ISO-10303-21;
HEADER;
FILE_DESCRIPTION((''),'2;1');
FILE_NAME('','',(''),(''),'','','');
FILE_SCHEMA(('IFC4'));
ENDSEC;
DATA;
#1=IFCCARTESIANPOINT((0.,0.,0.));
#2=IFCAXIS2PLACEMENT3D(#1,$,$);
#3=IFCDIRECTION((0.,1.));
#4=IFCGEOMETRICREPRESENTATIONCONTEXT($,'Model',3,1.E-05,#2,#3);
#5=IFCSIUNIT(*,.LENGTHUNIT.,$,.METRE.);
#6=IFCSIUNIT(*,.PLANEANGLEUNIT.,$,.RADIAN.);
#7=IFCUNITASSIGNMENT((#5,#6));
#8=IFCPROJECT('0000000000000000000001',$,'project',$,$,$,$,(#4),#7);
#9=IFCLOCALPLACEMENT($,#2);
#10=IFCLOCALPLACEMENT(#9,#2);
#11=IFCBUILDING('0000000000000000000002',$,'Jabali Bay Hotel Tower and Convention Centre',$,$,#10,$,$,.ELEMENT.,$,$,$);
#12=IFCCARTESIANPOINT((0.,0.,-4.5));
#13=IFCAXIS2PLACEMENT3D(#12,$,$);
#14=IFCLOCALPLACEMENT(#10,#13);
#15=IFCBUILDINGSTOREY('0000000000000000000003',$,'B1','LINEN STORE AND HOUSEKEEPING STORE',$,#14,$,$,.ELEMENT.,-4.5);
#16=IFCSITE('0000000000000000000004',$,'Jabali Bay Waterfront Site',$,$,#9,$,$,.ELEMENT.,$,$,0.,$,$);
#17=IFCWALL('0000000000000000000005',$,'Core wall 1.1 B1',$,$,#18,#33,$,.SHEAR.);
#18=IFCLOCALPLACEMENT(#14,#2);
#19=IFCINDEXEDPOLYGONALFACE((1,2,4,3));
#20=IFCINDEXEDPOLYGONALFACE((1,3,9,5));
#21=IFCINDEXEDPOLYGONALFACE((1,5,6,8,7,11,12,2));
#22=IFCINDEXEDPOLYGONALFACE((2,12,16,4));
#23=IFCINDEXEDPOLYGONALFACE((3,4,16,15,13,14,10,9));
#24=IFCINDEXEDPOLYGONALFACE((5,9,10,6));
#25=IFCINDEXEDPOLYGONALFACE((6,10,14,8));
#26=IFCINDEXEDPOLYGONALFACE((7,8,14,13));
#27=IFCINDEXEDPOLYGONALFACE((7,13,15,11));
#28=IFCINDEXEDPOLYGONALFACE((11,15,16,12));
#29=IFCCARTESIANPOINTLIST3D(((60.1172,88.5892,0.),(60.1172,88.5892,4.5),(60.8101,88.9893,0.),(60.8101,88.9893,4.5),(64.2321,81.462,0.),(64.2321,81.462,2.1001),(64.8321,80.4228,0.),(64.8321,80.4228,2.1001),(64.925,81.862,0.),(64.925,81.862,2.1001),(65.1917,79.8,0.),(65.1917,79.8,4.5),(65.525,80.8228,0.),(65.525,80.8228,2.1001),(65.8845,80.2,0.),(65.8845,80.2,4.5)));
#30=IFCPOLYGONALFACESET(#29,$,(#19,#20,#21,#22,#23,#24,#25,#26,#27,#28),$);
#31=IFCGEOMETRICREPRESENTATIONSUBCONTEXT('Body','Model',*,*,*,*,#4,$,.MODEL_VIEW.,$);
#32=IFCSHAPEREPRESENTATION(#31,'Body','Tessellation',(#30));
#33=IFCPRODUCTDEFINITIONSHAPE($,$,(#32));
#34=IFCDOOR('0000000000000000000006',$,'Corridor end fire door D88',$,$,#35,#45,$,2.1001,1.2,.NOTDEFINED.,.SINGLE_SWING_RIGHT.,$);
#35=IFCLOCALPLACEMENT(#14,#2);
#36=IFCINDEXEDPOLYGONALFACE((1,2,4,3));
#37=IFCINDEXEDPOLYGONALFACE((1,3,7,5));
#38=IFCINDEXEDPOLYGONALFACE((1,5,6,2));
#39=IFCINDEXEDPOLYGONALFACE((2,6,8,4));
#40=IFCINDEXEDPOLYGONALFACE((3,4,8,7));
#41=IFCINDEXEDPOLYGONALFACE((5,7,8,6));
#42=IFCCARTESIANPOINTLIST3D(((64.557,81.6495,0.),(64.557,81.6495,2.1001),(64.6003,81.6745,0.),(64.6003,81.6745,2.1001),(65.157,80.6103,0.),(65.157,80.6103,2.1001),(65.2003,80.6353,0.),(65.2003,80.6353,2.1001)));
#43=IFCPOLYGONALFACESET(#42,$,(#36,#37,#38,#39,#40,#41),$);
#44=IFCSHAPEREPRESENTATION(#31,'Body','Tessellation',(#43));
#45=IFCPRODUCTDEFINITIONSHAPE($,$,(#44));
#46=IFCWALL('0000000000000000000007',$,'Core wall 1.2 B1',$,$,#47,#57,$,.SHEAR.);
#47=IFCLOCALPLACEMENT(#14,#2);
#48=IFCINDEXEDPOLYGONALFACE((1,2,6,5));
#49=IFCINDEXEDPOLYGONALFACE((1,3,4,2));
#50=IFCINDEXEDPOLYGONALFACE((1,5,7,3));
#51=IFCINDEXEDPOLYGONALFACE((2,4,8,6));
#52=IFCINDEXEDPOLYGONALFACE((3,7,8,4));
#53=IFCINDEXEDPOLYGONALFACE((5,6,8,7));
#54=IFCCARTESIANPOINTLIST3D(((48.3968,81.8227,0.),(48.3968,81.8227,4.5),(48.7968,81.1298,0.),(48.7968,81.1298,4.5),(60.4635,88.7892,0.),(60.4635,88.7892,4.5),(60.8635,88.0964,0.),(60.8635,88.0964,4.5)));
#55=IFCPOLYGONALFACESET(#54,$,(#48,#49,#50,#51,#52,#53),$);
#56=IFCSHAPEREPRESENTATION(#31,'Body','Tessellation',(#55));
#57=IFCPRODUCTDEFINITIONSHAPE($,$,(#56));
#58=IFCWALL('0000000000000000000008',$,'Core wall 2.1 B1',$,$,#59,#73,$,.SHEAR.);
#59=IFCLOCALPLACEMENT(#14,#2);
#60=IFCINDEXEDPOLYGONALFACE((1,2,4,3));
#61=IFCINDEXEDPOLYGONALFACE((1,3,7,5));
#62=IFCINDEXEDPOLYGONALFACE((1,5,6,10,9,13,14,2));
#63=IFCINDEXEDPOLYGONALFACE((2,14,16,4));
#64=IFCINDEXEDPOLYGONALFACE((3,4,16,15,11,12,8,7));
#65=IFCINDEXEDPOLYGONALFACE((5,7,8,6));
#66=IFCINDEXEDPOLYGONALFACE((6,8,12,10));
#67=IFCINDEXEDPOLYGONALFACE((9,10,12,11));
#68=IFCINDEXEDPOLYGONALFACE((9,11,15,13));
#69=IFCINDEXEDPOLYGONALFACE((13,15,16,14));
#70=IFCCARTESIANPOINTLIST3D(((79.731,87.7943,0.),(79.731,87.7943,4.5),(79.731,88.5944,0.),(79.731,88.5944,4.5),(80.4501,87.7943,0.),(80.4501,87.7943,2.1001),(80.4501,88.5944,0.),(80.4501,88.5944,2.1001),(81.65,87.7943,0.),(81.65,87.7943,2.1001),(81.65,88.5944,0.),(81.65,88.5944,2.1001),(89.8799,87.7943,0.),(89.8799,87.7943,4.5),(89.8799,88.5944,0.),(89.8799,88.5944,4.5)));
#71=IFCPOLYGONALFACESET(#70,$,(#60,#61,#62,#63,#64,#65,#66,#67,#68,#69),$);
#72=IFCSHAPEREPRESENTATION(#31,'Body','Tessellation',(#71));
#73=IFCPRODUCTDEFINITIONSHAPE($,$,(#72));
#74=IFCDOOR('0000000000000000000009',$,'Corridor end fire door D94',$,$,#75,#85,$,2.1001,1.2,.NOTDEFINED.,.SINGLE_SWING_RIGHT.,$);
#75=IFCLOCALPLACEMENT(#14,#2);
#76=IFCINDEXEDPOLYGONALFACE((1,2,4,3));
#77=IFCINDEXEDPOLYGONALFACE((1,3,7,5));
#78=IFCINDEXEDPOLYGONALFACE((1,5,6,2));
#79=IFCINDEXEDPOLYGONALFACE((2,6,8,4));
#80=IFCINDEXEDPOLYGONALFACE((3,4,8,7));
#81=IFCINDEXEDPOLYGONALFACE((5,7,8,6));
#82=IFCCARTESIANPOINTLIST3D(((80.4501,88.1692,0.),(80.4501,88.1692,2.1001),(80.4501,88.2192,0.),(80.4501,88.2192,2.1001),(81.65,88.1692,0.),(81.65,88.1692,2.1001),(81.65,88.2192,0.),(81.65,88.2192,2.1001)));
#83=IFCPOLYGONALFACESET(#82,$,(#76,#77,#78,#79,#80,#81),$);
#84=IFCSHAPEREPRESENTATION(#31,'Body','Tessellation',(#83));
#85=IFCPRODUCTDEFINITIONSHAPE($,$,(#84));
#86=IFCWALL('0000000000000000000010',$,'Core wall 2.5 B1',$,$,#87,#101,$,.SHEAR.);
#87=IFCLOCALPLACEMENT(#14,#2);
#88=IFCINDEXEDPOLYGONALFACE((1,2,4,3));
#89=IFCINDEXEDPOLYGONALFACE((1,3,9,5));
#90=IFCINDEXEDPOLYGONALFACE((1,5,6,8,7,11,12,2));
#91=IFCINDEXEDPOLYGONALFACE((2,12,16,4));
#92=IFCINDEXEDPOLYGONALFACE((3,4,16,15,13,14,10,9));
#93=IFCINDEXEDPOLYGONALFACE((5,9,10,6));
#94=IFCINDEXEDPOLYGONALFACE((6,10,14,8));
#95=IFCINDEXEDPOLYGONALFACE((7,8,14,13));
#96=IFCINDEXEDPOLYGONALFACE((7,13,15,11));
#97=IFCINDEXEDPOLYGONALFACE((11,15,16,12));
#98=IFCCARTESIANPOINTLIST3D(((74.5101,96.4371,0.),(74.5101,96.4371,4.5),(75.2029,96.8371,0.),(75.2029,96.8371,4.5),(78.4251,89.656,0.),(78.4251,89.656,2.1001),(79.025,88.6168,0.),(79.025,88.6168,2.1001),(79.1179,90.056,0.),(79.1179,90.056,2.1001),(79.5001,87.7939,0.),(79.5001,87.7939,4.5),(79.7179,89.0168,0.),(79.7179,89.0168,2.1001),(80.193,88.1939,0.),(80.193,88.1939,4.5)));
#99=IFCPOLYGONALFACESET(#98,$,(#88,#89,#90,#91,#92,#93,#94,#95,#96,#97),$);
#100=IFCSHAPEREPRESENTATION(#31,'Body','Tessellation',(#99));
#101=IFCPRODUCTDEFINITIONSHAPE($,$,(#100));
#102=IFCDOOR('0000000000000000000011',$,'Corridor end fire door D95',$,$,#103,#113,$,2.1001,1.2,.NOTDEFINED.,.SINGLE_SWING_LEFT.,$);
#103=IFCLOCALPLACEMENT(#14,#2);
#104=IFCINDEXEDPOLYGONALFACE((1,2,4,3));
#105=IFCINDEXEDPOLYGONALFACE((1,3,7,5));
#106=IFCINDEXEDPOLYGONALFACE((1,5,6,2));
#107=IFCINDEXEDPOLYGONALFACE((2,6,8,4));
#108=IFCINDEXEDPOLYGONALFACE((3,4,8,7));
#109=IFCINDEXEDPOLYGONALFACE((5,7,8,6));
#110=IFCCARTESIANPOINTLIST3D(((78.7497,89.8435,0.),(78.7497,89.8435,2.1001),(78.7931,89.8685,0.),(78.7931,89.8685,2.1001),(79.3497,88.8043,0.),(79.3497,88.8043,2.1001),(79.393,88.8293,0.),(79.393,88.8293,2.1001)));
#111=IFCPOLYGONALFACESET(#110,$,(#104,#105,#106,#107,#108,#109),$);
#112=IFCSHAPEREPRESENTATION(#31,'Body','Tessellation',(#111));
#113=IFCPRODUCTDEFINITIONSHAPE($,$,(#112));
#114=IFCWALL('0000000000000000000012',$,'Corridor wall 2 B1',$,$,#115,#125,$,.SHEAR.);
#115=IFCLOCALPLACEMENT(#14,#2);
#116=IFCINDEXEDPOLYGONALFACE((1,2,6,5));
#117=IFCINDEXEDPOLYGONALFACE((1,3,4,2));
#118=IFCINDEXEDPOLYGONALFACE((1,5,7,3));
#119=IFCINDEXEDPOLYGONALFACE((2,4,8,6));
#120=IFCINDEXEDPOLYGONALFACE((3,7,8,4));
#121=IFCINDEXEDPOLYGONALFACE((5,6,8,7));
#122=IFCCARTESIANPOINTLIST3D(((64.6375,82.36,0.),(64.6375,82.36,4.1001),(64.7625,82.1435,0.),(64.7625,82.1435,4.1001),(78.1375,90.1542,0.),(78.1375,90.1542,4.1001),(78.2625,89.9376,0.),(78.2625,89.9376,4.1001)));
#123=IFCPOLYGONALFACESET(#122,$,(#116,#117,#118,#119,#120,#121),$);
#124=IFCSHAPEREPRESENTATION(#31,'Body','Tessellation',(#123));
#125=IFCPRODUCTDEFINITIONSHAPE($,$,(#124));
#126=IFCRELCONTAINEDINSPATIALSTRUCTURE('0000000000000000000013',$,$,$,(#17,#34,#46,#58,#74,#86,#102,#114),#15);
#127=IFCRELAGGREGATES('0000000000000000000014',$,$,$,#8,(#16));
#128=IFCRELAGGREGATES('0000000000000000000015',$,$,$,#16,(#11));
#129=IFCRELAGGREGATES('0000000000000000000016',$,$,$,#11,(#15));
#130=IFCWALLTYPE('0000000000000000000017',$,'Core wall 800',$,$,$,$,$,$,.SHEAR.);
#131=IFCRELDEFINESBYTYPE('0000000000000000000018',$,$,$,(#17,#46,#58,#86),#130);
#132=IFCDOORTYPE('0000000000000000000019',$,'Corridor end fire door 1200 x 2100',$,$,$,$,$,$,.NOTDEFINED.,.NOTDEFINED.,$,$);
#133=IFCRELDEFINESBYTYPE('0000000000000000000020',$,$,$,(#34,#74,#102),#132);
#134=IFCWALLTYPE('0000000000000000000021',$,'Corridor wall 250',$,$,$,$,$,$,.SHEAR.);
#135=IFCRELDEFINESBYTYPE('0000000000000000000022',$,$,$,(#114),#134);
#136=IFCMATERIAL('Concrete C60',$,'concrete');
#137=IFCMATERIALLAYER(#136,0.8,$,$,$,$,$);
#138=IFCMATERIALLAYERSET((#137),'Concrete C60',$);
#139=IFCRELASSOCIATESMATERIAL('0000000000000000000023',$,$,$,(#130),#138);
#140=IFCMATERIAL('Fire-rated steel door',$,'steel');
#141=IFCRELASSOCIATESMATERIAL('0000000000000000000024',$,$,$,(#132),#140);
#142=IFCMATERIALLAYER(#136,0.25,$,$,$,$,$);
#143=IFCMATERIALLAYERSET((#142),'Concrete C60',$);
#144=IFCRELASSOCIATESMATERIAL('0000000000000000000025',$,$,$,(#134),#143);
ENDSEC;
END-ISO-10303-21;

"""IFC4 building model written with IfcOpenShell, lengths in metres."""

from ifc_helpers import new_model, si_unit, direction, frame, frame_2d, origin, place, context, subcontext, project, spatial, rectangle, extrude, material, layer, layer_set, type_object, element, fill, save


model = new_model("IFC4")

# Units and contexts
model_context = context("Model", 3, precision=1e-05, world=origin(), true_north=direction((0.0, 1.0)))
body_context = subcontext(model_context, "Body", "Model", "MODEL_VIEW")
ifc_project = project(units=[si_unit("LENGTHUNIT", "METRE"), si_unit("PLANEANGLEUNIT", "RADIAN")], contexts=[model_context])

# Site, building, storey
site_placement = place(None, origin())
site = spatial("IfcSite", under=ifc_project, at=site_placement, Name="Jabali Bay Waterfront Site", CompositionType="ELEMENT", RefElevation=0.0)
building_placement = place(site_placement, origin())
building = spatial("IfcBuilding", under=site, at=building_placement, Name="Jabali Bay Hotel Tower and Convention Centre", CompositionType="ELEMENT")
storey_placement = place(building_placement, frame((0.0, 0.0, -4.5)))
storey = spatial("IfcBuildingStorey", under=building, at=storey_placement, Name="B1", Description="LINEN STORE AND HOUSEKEEPING STORE", CompositionType="ELEMENT", Elevation=-4.5)

# Shared definitions
ifc_material_1 = material(Name="Concrete C60", Category="concrete")

# Shared definitions
ifc_material_2 = material(Name="Fire-rated steel door", Category="steel")

# Wall, opening, door
ifc_layer_1 = layer(ifc_material_1, 0.8)
ifc_layer_set_1 = layer_set([ifc_layer_1], Name="Concrete C60")
wall_type_1 = type_object("IfcWallType", Name="Core wall 800", PredefinedType="SHEAR", material=ifc_layer_set_1)
wall_1_placement = place(storey_placement, frame((65.5381, 80.0, 0.0), z_axis=(0.0, 0.0, 1.0), x_axis=(-0.499997, 0.866027, 0.0)))
wall_1 = element("IfcWall", 1, at=wall_1_placement, inside=storey, type_object=wall_type_1, Name="Core wall 1.1 B1", PredefinedType="SHEAR", context=body_context, shape_type="SweptSolid", body=[
    extrude(rectangle(XDim=10.1489, YDim=0.8, at=frame_2d((5.0745, 0.0))), origin(), (0.0, 0.0, 1.0), 4.5),
])
opening_1_placement = place(wall_1_placement, frame((0.719, 0.0, 0.0)))
opening_1 = element("IfcOpeningElement", 2, at=opening_1_placement, cuts=wall_1, PredefinedType="OPENING", context=body_context, shape_type="SweptSolid", body=[
    extrude(rectangle(XDim=1.2, YDim=2.1001, at=frame_2d((0.6001, 1.05))), frame((0.0, 0.4106, 0.0), z_axis=(0.0, -1.0, 0.0), x_axis=(1.0, 0.0, 0.0)), (0.0, 0.0, 1.0), 0.821),
])
door_type_1 = type_object("IfcDoorType", Name="Corridor end fire door 1200 x 2100", OperationType="NOTDEFINED", PredefinedType="NOTDEFINED", material=ifc_material_2)
door_1_placement = place(opening_1_placement, origin())
door_1 = element("IfcDoor", 3, at=door_1_placement, inside=storey, type_object=door_type_1, Name="Corridor end fire door D88", OperationType="SINGLE_SWING_RIGHT", OverallHeight=2.1001, OverallWidth=1.2, PredefinedType="NOTDEFINED", context=body_context, shape_type="SweptSolid", body=[
    extrude(rectangle(XDim=1.2, YDim=2.1001, at=frame_2d((0.6001, 1.05))), frame((0.0, 0.0249, 0.0), z_axis=(0.0, -1.0, 0.0), x_axis=(1.0, 0.0, 0.0)), (0.0, 0.0, 1.0), 0.05),
])
fill(opening_1, door_1)

# Wall
wall_2_placement = place(storey_placement, frame((60.6636, 88.4429, 0.0), z_axis=(0.0, 0.0, 1.0), x_axis=(-0.866029, -0.499993, 0.0)))
element("IfcWall", 4, at=wall_2_placement, inside=storey, type_object=wall_type_1, Name="Core wall 1.2 B1", PredefinedType="SHEAR", context=body_context, shape_type="SweptSolid", body=[
    extrude(rectangle(XDim=13.9333, YDim=0.8, at=frame_2d((6.9668, 0.0))), origin(), (0.0, 0.0, 1.0), 4.5),
])

# Walls, openings, doors
wall_3_placement = place(storey_placement, frame((79.731, 88.1943, 0.0), z_axis=(0.0, 0.0, 1.0), x_axis=(1.0, 0.0, 0.0)))
wall_3 = element("IfcWall", 5, at=wall_3_placement, inside=storey, type_object=wall_type_1, Name="Core wall 2.1 B1", PredefinedType="SHEAR", context=body_context, shape_type="SweptSolid", body=[
    extrude(rectangle(XDim=10.1489, YDim=0.8, at=frame_2d((5.0745, 0.0))), origin(), (0.0, 0.0, 1.0), 4.5),
])
opening_2_placement = place(wall_3_placement, frame((0.719, 0.0, 0.0)))
opening_2 = element("IfcOpeningElement", 6, at=opening_2_placement, cuts=wall_3, PredefinedType="OPENING", context=body_context, shape_type="SweptSolid", body=[
    extrude(rectangle(XDim=1.2, YDim=2.1001, at=frame_2d((0.6001, 1.05))), frame((0.0, 0.4106, 0.0), z_axis=(0.0, -1.0, 0.0), x_axis=(1.0, 0.0, 0.0)), (0.0, 0.0, 1.0), 0.821),
])
door_2_placement = place(opening_2_placement, origin())
door_2 = element("IfcDoor", 7, at=door_2_placement, inside=storey, type_object=door_type_1, Name="Corridor end fire door D94", OperationType="SINGLE_SWING_RIGHT", OverallHeight=2.1001, OverallWidth=1.2, PredefinedType="NOTDEFINED", context=body_context, shape_type="SweptSolid", body=[
    extrude(rectangle(XDim=1.2, YDim=2.1001, at=frame_2d((0.6001, 1.05))), frame((0.0, 0.0249, 0.0), z_axis=(0.0, -1.0, 0.0), x_axis=(1.0, 0.0, 0.0)), (0.0, 0.0, 1.0), 0.05),
])
fill(opening_2, door_2)
wall_4_placement = place(storey_placement, frame((74.8564, 96.6372, 0.0), z_axis=(0.0, 0.0, 1.0), x_axis=(0.499994, -0.866029, 0.0)))
wall_4 = element("IfcWall", 8, at=wall_4_placement, inside=storey, type_object=wall_type_1, Name="Core wall 2.5 B1", PredefinedType="SHEAR", context=body_context, shape_type="SweptSolid", body=[
    extrude(rectangle(XDim=9.9802, YDim=0.8, at=frame_2d((4.9902, 0.0))), origin(), (0.0, 0.0, 1.0), 4.5),
])
opening_3_placement = place(wall_4_placement, frame((7.8301, 0.0, 0.0)))
opening_3 = element("IfcOpeningElement", 9, at=opening_3_placement, cuts=wall_4, PredefinedType="OPENING", context=body_context, shape_type="SweptSolid", body=[
    extrude(rectangle(XDim=1.2, YDim=2.1001, at=frame_2d((0.6001, 1.05))), frame((0.0, 0.4106, 0.0), z_axis=(0.0, -1.0, 0.0), x_axis=(1.0, 0.0, 0.0)), (0.0, 0.0, 1.0), 0.821),
])
door_3_placement = place(opening_3_placement, origin())
door_3 = element("IfcDoor", 10, at=door_3_placement, inside=storey, type_object=door_type_1, Name="Corridor end fire door D95", OperationType="SINGLE_SWING_LEFT", OverallHeight=2.1001, OverallWidth=1.2, PredefinedType="NOTDEFINED", context=body_context, shape_type="SweptSolid", body=[
    extrude(rectangle(XDim=1.2, YDim=2.1001, at=frame_2d((0.6001, 1.05))), frame((0.0, 0.0249, 0.0), z_axis=(0.0, -1.0, 0.0), x_axis=(1.0, 0.0, 0.0)), (0.0, 0.0, 1.0), 0.05),
])
fill(opening_3, door_3)

# Wall
ifc_layer_2 = layer(ifc_material_1, 0.25)
ifc_layer_set_2 = layer_set([ifc_layer_2], Name="Concrete C60")
wall_type_2 = type_object("IfcWallType", Name="Corridor wall 250", PredefinedType="SHEAR", material=ifc_layer_set_2)
wall_5_placement = place(storey_placement, frame((78.2, 90.0459, 0.0), z_axis=(0.0, 0.0, 1.0), x_axis=(-0.866026, -0.499998, 0.0)))
element("IfcWall", 11, at=wall_5_placement, inside=storey, type_object=wall_type_2, Name="Corridor wall 2 B1", PredefinedType="SHEAR", context=body_context, shape_type="SweptSolid", body=[
    extrude(rectangle(XDim=15.5884, YDim=0.25, at=frame_2d((7.7942, 0.0))), origin(), (0.0, 0.0, 1.0), 4.1001),
])

save(model, "model.ifc")
